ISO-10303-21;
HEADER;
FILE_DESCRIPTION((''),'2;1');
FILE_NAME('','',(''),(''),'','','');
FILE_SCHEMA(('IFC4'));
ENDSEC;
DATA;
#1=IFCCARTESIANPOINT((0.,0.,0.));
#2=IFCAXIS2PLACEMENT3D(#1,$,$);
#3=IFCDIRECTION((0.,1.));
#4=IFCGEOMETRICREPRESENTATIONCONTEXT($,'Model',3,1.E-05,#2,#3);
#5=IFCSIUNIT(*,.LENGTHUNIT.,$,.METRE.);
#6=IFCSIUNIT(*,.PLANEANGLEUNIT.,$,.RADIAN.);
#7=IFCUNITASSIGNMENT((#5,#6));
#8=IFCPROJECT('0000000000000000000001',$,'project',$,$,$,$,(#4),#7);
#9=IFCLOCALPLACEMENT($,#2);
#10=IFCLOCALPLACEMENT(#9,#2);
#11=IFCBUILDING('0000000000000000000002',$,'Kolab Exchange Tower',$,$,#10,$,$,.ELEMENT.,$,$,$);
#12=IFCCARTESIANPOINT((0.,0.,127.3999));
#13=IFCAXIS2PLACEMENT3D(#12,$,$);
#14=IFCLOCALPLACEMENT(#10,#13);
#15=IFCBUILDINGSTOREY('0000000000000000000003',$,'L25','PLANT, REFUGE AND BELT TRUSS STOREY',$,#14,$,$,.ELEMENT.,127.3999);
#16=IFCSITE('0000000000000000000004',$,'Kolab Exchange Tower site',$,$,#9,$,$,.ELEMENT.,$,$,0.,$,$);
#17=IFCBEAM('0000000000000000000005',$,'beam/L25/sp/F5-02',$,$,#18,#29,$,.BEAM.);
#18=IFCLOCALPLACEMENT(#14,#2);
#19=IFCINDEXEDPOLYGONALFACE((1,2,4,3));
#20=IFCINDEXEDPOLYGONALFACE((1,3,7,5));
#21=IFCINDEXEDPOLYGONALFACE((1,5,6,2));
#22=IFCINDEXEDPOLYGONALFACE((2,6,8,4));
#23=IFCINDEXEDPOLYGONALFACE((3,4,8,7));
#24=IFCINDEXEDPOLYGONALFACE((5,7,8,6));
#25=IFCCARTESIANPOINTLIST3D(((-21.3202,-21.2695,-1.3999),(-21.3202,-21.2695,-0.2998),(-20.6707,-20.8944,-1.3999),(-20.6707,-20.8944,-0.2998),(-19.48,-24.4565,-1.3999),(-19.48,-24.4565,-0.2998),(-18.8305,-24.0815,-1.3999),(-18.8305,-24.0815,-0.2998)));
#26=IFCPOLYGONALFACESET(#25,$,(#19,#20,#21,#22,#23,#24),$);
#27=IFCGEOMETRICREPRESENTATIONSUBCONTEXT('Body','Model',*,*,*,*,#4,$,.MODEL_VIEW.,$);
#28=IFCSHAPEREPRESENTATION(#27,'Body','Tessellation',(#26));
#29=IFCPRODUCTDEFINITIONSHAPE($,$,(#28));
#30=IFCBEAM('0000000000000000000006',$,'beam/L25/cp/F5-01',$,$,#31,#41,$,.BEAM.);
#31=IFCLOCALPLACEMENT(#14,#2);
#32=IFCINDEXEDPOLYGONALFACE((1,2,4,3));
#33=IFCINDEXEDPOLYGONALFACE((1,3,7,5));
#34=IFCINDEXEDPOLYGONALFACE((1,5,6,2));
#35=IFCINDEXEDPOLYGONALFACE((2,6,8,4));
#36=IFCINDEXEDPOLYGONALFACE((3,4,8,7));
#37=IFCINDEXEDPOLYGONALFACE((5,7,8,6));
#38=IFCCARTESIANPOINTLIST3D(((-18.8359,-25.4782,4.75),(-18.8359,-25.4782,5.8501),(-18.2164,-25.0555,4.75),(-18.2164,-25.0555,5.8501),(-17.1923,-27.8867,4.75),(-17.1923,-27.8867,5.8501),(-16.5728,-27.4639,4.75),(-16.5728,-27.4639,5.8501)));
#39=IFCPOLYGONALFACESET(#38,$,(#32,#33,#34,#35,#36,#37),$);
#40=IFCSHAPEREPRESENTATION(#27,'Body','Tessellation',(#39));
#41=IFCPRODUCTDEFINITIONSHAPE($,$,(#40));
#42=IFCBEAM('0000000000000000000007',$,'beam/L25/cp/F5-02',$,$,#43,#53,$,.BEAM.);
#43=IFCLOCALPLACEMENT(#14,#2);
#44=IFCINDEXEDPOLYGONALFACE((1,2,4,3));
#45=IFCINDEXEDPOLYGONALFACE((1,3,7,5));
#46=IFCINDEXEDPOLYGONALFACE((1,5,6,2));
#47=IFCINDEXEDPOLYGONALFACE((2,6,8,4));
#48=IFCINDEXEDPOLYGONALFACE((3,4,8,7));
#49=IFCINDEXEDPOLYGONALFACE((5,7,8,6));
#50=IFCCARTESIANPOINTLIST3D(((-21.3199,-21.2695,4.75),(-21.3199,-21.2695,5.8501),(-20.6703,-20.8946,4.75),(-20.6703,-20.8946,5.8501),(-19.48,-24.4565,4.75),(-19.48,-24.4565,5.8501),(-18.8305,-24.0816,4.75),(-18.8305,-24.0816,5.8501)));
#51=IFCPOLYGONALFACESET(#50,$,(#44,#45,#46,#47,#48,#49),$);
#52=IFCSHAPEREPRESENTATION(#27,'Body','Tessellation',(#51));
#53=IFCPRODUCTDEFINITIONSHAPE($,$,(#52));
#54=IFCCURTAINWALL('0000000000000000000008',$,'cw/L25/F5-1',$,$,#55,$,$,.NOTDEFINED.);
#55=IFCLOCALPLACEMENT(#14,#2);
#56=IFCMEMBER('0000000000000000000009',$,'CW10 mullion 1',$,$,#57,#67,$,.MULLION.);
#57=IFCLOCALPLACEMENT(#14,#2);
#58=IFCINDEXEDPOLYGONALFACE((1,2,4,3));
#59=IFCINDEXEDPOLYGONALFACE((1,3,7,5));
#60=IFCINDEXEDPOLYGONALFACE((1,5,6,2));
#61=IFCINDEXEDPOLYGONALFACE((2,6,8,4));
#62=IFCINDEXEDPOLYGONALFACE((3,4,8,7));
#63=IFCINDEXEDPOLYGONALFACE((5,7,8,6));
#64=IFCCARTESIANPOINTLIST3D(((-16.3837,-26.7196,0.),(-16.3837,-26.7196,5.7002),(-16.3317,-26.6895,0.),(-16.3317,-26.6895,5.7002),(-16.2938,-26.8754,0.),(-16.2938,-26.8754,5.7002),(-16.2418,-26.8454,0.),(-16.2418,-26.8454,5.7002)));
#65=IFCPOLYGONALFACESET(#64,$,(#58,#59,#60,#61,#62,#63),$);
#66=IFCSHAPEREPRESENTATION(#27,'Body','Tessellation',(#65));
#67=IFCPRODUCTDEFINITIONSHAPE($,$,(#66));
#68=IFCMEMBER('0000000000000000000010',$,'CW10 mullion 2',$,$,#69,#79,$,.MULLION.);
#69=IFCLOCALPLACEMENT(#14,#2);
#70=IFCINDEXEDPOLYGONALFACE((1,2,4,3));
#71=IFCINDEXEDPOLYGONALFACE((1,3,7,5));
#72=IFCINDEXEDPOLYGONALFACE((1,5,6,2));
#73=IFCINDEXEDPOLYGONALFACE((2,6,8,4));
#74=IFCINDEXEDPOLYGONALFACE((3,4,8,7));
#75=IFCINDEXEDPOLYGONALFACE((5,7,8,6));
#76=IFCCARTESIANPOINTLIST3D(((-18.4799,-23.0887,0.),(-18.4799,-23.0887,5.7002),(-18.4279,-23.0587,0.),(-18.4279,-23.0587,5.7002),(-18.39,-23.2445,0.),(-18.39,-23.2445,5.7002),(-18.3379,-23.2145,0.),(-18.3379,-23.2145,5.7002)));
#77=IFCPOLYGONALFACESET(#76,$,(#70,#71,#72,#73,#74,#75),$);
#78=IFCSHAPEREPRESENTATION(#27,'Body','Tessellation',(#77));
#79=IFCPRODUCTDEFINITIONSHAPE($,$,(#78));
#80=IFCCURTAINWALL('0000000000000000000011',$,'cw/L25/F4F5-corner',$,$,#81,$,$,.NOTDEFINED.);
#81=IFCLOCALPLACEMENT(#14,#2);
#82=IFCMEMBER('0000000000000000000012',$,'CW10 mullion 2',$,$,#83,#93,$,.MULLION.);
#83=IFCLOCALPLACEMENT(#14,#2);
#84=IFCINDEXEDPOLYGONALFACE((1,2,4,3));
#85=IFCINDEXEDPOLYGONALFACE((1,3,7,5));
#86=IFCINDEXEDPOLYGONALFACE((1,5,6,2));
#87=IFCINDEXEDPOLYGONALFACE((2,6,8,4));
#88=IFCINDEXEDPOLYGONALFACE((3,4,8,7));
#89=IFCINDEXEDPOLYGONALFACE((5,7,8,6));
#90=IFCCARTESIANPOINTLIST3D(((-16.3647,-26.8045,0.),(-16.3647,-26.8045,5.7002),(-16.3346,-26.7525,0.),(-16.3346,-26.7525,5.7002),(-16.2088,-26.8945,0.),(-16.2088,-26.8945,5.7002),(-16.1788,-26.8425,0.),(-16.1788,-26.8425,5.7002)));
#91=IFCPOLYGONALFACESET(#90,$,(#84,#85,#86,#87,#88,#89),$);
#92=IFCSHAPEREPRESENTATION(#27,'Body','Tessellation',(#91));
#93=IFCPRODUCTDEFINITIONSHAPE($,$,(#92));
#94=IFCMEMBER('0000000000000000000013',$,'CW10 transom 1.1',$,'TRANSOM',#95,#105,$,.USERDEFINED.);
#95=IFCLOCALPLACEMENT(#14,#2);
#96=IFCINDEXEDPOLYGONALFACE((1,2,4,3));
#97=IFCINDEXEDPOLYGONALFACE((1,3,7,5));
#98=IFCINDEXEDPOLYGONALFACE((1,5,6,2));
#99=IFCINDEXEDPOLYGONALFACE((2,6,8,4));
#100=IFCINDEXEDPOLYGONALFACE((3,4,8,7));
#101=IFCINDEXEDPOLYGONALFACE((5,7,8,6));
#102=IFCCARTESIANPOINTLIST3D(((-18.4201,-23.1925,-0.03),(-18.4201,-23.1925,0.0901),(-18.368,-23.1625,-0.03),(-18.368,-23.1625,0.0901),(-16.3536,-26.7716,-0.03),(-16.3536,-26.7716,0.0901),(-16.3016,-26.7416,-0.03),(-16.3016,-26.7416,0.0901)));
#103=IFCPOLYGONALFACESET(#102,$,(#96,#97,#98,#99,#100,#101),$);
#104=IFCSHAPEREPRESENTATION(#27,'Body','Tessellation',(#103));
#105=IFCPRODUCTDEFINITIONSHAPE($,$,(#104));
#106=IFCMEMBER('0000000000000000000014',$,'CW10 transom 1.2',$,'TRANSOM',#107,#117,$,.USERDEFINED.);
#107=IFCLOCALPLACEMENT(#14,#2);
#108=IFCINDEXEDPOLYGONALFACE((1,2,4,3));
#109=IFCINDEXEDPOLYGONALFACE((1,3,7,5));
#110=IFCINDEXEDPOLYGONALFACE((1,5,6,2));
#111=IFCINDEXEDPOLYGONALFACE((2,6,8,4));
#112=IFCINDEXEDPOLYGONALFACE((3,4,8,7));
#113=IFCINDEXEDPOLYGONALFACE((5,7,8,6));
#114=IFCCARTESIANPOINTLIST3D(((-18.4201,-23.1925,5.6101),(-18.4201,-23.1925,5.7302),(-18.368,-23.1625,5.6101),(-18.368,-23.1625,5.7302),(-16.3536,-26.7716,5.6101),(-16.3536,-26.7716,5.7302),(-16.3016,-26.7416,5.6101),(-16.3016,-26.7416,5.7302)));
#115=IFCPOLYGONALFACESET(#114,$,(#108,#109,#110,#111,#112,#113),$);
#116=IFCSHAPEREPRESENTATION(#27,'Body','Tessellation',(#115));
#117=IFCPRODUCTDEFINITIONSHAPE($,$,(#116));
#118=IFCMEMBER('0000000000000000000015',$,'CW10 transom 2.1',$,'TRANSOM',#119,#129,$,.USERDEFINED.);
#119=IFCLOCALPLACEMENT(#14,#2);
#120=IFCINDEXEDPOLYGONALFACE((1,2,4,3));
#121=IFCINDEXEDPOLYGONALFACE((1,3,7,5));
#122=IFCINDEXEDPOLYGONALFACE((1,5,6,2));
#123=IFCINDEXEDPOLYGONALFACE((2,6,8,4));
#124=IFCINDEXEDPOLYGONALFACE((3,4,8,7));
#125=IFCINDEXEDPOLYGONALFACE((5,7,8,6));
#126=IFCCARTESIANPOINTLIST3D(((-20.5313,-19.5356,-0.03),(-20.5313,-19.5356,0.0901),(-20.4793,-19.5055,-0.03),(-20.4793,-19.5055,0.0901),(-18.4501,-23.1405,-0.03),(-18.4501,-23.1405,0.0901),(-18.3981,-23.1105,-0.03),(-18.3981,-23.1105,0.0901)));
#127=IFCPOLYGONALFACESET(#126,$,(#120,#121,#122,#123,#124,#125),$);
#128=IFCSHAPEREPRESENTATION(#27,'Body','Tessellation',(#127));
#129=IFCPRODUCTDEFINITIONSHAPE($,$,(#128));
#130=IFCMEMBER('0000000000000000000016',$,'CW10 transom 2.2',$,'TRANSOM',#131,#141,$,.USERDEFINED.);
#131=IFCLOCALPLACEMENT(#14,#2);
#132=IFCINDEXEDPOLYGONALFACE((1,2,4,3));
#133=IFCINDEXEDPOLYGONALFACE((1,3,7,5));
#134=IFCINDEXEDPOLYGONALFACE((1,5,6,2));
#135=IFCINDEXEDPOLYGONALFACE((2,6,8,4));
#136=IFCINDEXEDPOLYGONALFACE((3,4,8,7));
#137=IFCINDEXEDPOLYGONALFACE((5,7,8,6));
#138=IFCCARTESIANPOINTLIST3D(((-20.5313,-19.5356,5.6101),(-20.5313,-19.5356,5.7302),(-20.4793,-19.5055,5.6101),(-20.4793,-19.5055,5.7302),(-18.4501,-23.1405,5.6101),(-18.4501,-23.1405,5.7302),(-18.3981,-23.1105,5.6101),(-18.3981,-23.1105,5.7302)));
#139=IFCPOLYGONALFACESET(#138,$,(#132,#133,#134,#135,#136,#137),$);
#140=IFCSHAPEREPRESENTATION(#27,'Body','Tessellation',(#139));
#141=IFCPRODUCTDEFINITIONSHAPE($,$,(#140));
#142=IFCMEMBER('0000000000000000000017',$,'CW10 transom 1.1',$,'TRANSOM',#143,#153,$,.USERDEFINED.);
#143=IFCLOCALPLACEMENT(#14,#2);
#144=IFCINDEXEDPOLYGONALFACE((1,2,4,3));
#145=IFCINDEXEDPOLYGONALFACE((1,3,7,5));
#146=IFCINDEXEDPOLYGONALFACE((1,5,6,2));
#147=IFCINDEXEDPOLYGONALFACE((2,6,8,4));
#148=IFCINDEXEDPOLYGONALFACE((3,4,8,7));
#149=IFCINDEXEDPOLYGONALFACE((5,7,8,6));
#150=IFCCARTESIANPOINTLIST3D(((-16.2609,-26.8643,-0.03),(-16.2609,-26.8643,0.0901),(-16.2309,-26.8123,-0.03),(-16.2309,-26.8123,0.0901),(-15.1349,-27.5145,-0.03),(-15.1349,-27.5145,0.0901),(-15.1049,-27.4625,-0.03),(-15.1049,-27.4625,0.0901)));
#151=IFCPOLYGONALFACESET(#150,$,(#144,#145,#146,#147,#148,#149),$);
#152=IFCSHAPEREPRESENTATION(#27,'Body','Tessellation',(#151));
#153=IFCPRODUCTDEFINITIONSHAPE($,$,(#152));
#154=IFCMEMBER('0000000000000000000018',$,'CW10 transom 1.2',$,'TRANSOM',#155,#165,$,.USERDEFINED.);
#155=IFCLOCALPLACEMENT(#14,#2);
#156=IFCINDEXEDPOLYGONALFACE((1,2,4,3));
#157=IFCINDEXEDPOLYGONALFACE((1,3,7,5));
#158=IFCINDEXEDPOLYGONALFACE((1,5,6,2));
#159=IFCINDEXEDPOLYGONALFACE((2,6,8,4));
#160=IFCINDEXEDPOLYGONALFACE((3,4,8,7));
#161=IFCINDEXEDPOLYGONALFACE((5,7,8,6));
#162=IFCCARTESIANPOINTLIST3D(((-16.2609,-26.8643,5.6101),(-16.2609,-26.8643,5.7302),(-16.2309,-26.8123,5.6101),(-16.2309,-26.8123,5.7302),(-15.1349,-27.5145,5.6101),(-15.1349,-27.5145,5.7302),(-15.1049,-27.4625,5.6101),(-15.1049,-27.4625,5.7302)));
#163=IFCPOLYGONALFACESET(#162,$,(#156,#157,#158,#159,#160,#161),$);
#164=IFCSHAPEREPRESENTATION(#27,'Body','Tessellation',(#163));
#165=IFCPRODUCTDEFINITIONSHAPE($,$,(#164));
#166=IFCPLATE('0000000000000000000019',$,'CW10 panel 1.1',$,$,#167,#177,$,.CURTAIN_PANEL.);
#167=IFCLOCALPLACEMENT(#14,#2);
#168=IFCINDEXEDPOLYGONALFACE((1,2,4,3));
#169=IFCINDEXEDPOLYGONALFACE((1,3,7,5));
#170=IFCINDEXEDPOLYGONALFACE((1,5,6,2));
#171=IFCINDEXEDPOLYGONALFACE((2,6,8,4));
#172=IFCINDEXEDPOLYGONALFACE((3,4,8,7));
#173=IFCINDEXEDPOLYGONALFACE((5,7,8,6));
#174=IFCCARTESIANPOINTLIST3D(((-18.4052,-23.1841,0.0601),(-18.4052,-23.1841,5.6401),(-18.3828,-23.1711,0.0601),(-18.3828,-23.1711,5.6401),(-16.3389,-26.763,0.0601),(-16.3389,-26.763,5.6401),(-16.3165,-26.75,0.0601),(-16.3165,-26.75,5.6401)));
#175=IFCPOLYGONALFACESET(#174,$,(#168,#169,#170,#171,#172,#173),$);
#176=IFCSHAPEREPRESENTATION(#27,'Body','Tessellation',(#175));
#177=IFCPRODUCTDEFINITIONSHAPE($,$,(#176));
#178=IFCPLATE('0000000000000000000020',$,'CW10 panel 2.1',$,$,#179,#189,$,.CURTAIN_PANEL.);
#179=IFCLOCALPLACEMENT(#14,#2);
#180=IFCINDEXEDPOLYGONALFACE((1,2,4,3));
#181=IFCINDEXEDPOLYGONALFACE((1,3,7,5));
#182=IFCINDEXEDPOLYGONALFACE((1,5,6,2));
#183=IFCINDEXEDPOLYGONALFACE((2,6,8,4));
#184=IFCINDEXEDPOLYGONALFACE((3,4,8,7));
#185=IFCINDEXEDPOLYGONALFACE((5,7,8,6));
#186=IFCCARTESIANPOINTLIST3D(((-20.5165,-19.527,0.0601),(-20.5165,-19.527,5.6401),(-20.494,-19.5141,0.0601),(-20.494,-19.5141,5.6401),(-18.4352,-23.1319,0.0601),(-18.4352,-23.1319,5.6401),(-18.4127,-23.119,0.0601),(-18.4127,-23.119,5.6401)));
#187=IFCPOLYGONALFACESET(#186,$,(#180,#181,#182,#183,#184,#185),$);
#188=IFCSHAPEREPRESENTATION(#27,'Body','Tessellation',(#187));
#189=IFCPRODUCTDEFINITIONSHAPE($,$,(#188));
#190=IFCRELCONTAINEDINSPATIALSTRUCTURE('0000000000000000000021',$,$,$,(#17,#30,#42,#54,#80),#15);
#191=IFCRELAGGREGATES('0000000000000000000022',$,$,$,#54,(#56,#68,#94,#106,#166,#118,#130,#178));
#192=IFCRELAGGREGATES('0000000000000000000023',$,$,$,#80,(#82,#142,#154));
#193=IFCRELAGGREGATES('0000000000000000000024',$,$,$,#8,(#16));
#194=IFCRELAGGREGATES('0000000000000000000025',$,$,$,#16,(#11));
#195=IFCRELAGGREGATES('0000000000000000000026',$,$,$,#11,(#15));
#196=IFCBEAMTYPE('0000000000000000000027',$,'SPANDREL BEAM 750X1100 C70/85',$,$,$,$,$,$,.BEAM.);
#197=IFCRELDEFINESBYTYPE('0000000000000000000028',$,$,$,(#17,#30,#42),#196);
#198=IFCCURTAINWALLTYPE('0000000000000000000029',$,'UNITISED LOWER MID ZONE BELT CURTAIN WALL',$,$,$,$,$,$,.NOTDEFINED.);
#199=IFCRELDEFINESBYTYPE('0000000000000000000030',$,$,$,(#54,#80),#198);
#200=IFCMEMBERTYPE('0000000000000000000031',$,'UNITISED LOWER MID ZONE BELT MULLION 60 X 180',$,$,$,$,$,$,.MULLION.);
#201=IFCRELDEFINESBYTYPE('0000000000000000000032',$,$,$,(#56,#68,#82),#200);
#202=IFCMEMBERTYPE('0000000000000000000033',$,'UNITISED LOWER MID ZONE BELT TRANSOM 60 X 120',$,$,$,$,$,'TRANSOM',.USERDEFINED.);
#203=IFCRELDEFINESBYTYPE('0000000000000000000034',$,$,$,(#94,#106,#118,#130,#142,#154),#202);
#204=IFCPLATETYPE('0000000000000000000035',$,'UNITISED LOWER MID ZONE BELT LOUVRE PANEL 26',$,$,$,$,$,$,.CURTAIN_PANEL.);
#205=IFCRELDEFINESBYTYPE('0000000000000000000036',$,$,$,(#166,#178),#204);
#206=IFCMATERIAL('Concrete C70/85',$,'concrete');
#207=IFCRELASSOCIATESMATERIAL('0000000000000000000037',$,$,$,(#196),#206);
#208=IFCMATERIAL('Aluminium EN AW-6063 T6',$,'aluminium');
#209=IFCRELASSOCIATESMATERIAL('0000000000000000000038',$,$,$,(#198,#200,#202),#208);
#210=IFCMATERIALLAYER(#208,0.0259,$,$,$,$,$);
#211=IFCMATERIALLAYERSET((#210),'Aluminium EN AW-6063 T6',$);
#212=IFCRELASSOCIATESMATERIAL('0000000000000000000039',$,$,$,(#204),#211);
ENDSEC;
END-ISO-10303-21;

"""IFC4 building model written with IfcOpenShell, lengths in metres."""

from ifc_helpers import new_model, si_unit, direction, frame, origin, origin_2d, place, context, subcontext, project, spatial, rectangle, extrude, material, layer, layer_set, material_profile, profile_set, type_object, element, aggregate, save


model = new_model("IFC4")

# Units and contexts
model_context = context("Model", 3, precision=1e-05, world=origin(), true_north=direction((0.0, 1.0)))
body_context = subcontext(model_context, "Body", "Model", "MODEL_VIEW")
ifc_project = project(units=[si_unit("LENGTHUNIT", "METRE"), si_unit("PLANEANGLEUNIT", "RADIAN")], contexts=[model_context])

# Site, building, storey
site_placement = place(None, origin())
site = spatial("IfcSite", under=ifc_project, at=site_placement, Name="Kolab Exchange Tower site", CompositionType="ELEMENT", RefElevation=0.0)
building_placement = place(site_placement, origin())
building = spatial("IfcBuilding", under=site, at=building_placement, Name="Kolab Exchange Tower", CompositionType="ELEMENT")
storey_placement = place(building_placement, frame((0.0, 0.0, 127.3999)))
storey = spatial("IfcBuildingStorey", under=building, at=storey_placement, Name="L25", Description="PLANT, REFUGE AND BELT TRUSS STOREY", CompositionType="ELEMENT", Elevation=127.3999)

# Shared definitions
ifc_material_1 = material(Name="Concrete C70/85", Category="concrete")

# Beams
ifc_material_profile_1 = material_profile(ifc_material_1, rectangle(XDim=0.75, YDim=1.1001, at=origin_2d()), Name="RC750X1100")
ifc_profile_set_1 = profile_set([ifc_material_profile_1], Name="Concrete C70/85")
beam_type_1 = type_object("IfcBeamType", Name="SPANDREL BEAM 750X1100 C70/85", PredefinedType="BEAM", material=ifc_profile_set_1)
beam_1_placement = place(storey_placement, frame((-19.1553, -24.269, -0.8499), z_axis=(-0.500013, 0.866018, 0.0), x_axis=(-0.866018, -0.500013, 0.0)))
element("IfcBeam", 1, at=beam_1_placement, inside=storey, type_object=beam_type_1, Name="beam/L25/sp/F5-02", PredefinedType="BEAM", context=body_context, shape_type="SweptSolid", body=[
    extrude(rectangle(XDim=0.75, YDim=1.1001, at=origin_2d()), origin(), (0.0, 0.0, 1.0), 3.6802),
])
beam_2_placement = place(storey_placement, frame((-16.8826, -27.6753, 5.3), z_axis=(-0.563672, 0.825999, 0.0), x_axis=(-0.825999, -0.563672, 0.0)))
element("IfcBeam", 2, at=beam_2_placement, inside=storey, type_object=beam_type_1, Name="beam/L25/cp/F5-01", PredefinedType="BEAM", context=body_context, shape_type="SweptSolid", body=[
    extrude(rectangle(XDim=0.75, YDim=1.1001, at=origin_2d()), origin(), (0.0, 0.0, 1.0), 2.9158),
])
beam_3_placement = place(storey_placement, frame((-19.1553, -24.269, 5.3), z_axis=(-0.499964, 0.866046, 0.0), x_axis=(-0.866046, -0.499964, 0.0)))
element("IfcBeam", 3, at=beam_3_placement, inside=storey, type_object=beam_type_1, Name="beam/L25/cp/F5-02", PredefinedType="BEAM", context=body_context, shape_type="SweptSolid", body=[
    extrude(rectangle(XDim=0.75, YDim=1.1001, at=origin_2d()), origin(), (0.0, 0.0, 1.0), 3.6799),
])

# Curtain wall, members
ifc_material_2 = material(Name="Aluminium EN AW-6063 T6", Category="aluminium")
curtain_wall_type = type_object("IfcCurtainWallType", Name="UNITISED LOWER MID ZONE BELT CURTAIN WALL", PredefinedType="NOTDEFINED", material=ifc_material_2)
curtain_wall_1_placement = place(storey_placement, origin())
curtain_wall_1 = element("IfcCurtainWall", 4, at=curtain_wall_1_placement, inside=storey, type_object=curtain_wall_type, Name="cw/L25/F5-1", PredefinedType="NOTDEFINED")
ifc_material_profile_2 = material_profile(ifc_material_2, rectangle(XDim=0.0601, YDim=0.1799, at=origin_2d()), Name="RECT 60X180")
ifc_profile_set_2 = profile_set([ifc_material_profile_2], Name="Aluminium EN AW-6063 T6")
member_type_1 = type_object("IfcMemberType", Name="UNITISED LOWER MID ZONE BELT MULLION 60 X 180", PredefinedType="MULLION", material=ifc_profile_set_2)
member_1_placement = place(storey_placement, frame((-16.3127, -26.7825, 0.0), z_axis=(0.0, 0.0, 1.0), x_axis=(-0.866025, -0.5, 0.0)))
member_1 = element("IfcMember", 5, at=member_1_placement, type_object=member_type_1, Name="CW10 mullion 1", PredefinedType="MULLION", context=body_context, shape_type="SweptSolid", body=[
    extrude(rectangle(XDim=0.0601, YDim=0.1799, at=origin_2d()), origin(), (0.0, 0.0, 1.0), 5.7002),
])
member_2_placement = place(storey_placement, frame((-18.4089, -23.1516, 0.0), z_axis=(0.0, 0.0, 1.0), x_axis=(-0.866025, -0.5, 0.0)))
member_2 = element("IfcMember", 6, at=member_2_placement, type_object=member_type_1, Name="CW10 mullion 2", PredefinedType="MULLION", context=body_context, shape_type="SweptSolid", body=[
    extrude(rectangle(XDim=0.0601, YDim=0.1799, at=origin_2d()), origin(), (0.0, 0.0, 1.0), 5.7002),
])

# Curtain wall, member
curtain_wall_2_placement = place(storey_placement, origin())
curtain_wall_2 = element("IfcCurtainWall", 7, at=curtain_wall_2_placement, inside=storey, type_object=curtain_wall_type, Name="cw/L25/F4F5-corner", PredefinedType="NOTDEFINED")
member_3_placement = place(storey_placement, frame((-16.2717, -26.8235, 0.0), z_axis=(0.0, 0.0, 1.0), x_axis=(-0.5, -0.866025, 0.0)))
member_3 = element("IfcMember", 8, at=member_3_placement, type_object=member_type_1, Name="CW10 mullion 2", PredefinedType="MULLION", context=body_context, shape_type="SweptSolid", body=[
    extrude(rectangle(XDim=0.0601, YDim=0.1799, at=origin_2d()), origin(), (0.0, 0.0, 1.0), 5.7002),
])

# Members
ifc_material_profile_3 = material_profile(ifc_material_2, rectangle(XDim=0.0601, YDim=0.1201, at=origin_2d()), Name="RECT 60X120")
ifc_profile_set_3 = profile_set([ifc_material_profile_3], Name="Aluminium EN AW-6063 T6")
member_type_2 = type_object("IfcMemberType", Name="UNITISED LOWER MID ZONE BELT TRANSOM 60 X 120", ElementType="TRANSOM", PredefinedType="USERDEFINED", material=ifc_profile_set_3)
member_4_placement = place(storey_placement, frame((-16.3276, -26.7566, 0.03), z_axis=(-0.500002, 0.866024, 0.0), x_axis=(-0.866024, -0.500002, 0.0)))
member_4 = element("IfcMember", 9, at=member_4_placement, type_object=member_type_2, Name="CW10 transom 1.1", ObjectType="TRANSOM", PredefinedType="USERDEFINED", context=body_context, shape_type="SweptSolid", body=[
    extrude(rectangle(XDim=0.0601, YDim=0.1201, at=origin_2d()), origin(), (0.0, 0.0, 1.0), 4.1328),
])
member_5_placement = place(storey_placement, frame((-16.3276, -26.7566, 5.6702), z_axis=(-0.500002, 0.866024, 0.0), x_axis=(-0.866024, -0.500002, 0.0)))
member_5 = element("IfcMember", 10, at=member_5_placement, type_object=member_type_2, Name="CW10 transom 1.2", ObjectType="TRANSOM", PredefinedType="USERDEFINED", context=body_context, shape_type="SweptSolid", body=[
    extrude(rectangle(XDim=0.0601, YDim=0.1201, at=origin_2d()), origin(), (0.0, 0.0, 1.0), 4.1328),
])
member_6_placement = place(storey_placement, frame((-18.4241, -23.1255, 0.03), z_axis=(-0.499993, 0.866029, 0.0), x_axis=(-0.866029, -0.499993, 0.0)))
member_6 = element("IfcMember", 11, at=member_6_placement, type_object=member_type_2, Name="CW10 transom 2.1", ObjectType="TRANSOM", PredefinedType="USERDEFINED", context=body_context, shape_type="SweptSolid", body=[
    extrude(rectangle(XDim=0.0601, YDim=0.1201, at=origin_2d()), origin(), (0.0, 0.0, 1.0), 4.1626),
])
member_7_placement = place(storey_placement, frame((-18.4241, -23.1255, 5.6702), z_axis=(-0.499993, 0.866029, 0.0), x_axis=(-0.866029, -0.499993, 0.0)))
member_7 = element("IfcMember", 12, at=member_7_placement, type_object=member_type_2, Name="CW10 transom 2.2", ObjectType="TRANSOM", PredefinedType="USERDEFINED", context=body_context, shape_type="SweptSolid", body=[
    extrude(rectangle(XDim=0.0601, YDim=0.1201, at=origin_2d()), origin(), (0.0, 0.0, 1.0), 4.1626),
])
member_8_placement = place(storey_placement, frame((-15.1199, -27.4885, 0.03), z_axis=(-0.866004, 0.500037, 0.0), x_axis=(-0.500037, -0.866004, 0.0)))
member_8 = element("IfcMember", 13, at=member_8_placement, type_object=member_type_2, Name="CW10 transom 1.1", ObjectType="TRANSOM", PredefinedType="USERDEFINED", context=body_context, shape_type="SweptSolid", body=[
    extrude(rectangle(XDim=0.0601, YDim=0.1201, at=origin_2d()), origin(), (0.0, 0.0, 1.0), 1.3003),
])
member_9_placement = place(storey_placement, frame((-15.1199, -27.4885, 5.6702), z_axis=(-0.866004, 0.500037, 0.0), x_axis=(-0.500037, -0.866004, 0.0)))
member_9 = element("IfcMember", 14, at=member_9_placement, type_object=member_type_2, Name="CW10 transom 1.2", ObjectType="TRANSOM", PredefinedType="USERDEFINED", context=body_context, shape_type="SweptSolid", body=[
    extrude(rectangle(XDim=0.0601, YDim=0.1201, at=origin_2d()), origin(), (0.0, 0.0, 1.0), 1.3003),
])

# Plates
ifc_layer_1 = layer(ifc_material_2, 0.0259)
ifc_layer_set_1 = layer_set([ifc_layer_1], Name="Aluminium EN AW-6063 T6")
plate_type = type_object("IfcPlateType", Name="UNITISED LOWER MID ZONE BELT LOUVRE PANEL 26", PredefinedType="CURTAIN_PANEL", material=ifc_layer_set_1)
plate_1_placement = place(storey_placement, frame((-17.3608, -24.967, 0.0601), z_axis=(0.0, 0.0, 1.0), x_axis=(-0.5, 0.866025, 0.0)))
plate_1 = element("IfcPlate", 15, at=plate_1_placement, type_object=plate_type, Name="CW10 panel 1.1", PredefinedType="CURTAIN_PANEL", context=body_context, shape_type="SweptSolid", body=[
    extrude(rectangle(XDim=4.1326, YDim=0.0259, at=origin_2d()), origin(), (0.0, 0.0, 1.0), 5.5801),
])
plate_2_placement = place(storey_placement, frame((-19.4646, -21.323, 0.0601), z_axis=(0.0, 0.0, 1.0), x_axis=(-0.5, 0.866025, 0.0)))
plate_2 = element("IfcPlate", 16, at=plate_2_placement, type_object=plate_type, Name="CW10 panel 2.1", PredefinedType="CURTAIN_PANEL", context=body_context, shape_type="SweptSolid", body=[
    extrude(rectangle(XDim=4.1626, YDim=0.0259, at=origin_2d()), origin(), (0.0, 0.0, 1.0), 5.5801),
])
aggregate(curtain_wall_1, [member_1, member_2, member_4, member_5, plate_1, member_6, member_7, plate_2])
aggregate(curtain_wall_2, [member_3, member_8, member_9])

save(model, "model.ifc")
